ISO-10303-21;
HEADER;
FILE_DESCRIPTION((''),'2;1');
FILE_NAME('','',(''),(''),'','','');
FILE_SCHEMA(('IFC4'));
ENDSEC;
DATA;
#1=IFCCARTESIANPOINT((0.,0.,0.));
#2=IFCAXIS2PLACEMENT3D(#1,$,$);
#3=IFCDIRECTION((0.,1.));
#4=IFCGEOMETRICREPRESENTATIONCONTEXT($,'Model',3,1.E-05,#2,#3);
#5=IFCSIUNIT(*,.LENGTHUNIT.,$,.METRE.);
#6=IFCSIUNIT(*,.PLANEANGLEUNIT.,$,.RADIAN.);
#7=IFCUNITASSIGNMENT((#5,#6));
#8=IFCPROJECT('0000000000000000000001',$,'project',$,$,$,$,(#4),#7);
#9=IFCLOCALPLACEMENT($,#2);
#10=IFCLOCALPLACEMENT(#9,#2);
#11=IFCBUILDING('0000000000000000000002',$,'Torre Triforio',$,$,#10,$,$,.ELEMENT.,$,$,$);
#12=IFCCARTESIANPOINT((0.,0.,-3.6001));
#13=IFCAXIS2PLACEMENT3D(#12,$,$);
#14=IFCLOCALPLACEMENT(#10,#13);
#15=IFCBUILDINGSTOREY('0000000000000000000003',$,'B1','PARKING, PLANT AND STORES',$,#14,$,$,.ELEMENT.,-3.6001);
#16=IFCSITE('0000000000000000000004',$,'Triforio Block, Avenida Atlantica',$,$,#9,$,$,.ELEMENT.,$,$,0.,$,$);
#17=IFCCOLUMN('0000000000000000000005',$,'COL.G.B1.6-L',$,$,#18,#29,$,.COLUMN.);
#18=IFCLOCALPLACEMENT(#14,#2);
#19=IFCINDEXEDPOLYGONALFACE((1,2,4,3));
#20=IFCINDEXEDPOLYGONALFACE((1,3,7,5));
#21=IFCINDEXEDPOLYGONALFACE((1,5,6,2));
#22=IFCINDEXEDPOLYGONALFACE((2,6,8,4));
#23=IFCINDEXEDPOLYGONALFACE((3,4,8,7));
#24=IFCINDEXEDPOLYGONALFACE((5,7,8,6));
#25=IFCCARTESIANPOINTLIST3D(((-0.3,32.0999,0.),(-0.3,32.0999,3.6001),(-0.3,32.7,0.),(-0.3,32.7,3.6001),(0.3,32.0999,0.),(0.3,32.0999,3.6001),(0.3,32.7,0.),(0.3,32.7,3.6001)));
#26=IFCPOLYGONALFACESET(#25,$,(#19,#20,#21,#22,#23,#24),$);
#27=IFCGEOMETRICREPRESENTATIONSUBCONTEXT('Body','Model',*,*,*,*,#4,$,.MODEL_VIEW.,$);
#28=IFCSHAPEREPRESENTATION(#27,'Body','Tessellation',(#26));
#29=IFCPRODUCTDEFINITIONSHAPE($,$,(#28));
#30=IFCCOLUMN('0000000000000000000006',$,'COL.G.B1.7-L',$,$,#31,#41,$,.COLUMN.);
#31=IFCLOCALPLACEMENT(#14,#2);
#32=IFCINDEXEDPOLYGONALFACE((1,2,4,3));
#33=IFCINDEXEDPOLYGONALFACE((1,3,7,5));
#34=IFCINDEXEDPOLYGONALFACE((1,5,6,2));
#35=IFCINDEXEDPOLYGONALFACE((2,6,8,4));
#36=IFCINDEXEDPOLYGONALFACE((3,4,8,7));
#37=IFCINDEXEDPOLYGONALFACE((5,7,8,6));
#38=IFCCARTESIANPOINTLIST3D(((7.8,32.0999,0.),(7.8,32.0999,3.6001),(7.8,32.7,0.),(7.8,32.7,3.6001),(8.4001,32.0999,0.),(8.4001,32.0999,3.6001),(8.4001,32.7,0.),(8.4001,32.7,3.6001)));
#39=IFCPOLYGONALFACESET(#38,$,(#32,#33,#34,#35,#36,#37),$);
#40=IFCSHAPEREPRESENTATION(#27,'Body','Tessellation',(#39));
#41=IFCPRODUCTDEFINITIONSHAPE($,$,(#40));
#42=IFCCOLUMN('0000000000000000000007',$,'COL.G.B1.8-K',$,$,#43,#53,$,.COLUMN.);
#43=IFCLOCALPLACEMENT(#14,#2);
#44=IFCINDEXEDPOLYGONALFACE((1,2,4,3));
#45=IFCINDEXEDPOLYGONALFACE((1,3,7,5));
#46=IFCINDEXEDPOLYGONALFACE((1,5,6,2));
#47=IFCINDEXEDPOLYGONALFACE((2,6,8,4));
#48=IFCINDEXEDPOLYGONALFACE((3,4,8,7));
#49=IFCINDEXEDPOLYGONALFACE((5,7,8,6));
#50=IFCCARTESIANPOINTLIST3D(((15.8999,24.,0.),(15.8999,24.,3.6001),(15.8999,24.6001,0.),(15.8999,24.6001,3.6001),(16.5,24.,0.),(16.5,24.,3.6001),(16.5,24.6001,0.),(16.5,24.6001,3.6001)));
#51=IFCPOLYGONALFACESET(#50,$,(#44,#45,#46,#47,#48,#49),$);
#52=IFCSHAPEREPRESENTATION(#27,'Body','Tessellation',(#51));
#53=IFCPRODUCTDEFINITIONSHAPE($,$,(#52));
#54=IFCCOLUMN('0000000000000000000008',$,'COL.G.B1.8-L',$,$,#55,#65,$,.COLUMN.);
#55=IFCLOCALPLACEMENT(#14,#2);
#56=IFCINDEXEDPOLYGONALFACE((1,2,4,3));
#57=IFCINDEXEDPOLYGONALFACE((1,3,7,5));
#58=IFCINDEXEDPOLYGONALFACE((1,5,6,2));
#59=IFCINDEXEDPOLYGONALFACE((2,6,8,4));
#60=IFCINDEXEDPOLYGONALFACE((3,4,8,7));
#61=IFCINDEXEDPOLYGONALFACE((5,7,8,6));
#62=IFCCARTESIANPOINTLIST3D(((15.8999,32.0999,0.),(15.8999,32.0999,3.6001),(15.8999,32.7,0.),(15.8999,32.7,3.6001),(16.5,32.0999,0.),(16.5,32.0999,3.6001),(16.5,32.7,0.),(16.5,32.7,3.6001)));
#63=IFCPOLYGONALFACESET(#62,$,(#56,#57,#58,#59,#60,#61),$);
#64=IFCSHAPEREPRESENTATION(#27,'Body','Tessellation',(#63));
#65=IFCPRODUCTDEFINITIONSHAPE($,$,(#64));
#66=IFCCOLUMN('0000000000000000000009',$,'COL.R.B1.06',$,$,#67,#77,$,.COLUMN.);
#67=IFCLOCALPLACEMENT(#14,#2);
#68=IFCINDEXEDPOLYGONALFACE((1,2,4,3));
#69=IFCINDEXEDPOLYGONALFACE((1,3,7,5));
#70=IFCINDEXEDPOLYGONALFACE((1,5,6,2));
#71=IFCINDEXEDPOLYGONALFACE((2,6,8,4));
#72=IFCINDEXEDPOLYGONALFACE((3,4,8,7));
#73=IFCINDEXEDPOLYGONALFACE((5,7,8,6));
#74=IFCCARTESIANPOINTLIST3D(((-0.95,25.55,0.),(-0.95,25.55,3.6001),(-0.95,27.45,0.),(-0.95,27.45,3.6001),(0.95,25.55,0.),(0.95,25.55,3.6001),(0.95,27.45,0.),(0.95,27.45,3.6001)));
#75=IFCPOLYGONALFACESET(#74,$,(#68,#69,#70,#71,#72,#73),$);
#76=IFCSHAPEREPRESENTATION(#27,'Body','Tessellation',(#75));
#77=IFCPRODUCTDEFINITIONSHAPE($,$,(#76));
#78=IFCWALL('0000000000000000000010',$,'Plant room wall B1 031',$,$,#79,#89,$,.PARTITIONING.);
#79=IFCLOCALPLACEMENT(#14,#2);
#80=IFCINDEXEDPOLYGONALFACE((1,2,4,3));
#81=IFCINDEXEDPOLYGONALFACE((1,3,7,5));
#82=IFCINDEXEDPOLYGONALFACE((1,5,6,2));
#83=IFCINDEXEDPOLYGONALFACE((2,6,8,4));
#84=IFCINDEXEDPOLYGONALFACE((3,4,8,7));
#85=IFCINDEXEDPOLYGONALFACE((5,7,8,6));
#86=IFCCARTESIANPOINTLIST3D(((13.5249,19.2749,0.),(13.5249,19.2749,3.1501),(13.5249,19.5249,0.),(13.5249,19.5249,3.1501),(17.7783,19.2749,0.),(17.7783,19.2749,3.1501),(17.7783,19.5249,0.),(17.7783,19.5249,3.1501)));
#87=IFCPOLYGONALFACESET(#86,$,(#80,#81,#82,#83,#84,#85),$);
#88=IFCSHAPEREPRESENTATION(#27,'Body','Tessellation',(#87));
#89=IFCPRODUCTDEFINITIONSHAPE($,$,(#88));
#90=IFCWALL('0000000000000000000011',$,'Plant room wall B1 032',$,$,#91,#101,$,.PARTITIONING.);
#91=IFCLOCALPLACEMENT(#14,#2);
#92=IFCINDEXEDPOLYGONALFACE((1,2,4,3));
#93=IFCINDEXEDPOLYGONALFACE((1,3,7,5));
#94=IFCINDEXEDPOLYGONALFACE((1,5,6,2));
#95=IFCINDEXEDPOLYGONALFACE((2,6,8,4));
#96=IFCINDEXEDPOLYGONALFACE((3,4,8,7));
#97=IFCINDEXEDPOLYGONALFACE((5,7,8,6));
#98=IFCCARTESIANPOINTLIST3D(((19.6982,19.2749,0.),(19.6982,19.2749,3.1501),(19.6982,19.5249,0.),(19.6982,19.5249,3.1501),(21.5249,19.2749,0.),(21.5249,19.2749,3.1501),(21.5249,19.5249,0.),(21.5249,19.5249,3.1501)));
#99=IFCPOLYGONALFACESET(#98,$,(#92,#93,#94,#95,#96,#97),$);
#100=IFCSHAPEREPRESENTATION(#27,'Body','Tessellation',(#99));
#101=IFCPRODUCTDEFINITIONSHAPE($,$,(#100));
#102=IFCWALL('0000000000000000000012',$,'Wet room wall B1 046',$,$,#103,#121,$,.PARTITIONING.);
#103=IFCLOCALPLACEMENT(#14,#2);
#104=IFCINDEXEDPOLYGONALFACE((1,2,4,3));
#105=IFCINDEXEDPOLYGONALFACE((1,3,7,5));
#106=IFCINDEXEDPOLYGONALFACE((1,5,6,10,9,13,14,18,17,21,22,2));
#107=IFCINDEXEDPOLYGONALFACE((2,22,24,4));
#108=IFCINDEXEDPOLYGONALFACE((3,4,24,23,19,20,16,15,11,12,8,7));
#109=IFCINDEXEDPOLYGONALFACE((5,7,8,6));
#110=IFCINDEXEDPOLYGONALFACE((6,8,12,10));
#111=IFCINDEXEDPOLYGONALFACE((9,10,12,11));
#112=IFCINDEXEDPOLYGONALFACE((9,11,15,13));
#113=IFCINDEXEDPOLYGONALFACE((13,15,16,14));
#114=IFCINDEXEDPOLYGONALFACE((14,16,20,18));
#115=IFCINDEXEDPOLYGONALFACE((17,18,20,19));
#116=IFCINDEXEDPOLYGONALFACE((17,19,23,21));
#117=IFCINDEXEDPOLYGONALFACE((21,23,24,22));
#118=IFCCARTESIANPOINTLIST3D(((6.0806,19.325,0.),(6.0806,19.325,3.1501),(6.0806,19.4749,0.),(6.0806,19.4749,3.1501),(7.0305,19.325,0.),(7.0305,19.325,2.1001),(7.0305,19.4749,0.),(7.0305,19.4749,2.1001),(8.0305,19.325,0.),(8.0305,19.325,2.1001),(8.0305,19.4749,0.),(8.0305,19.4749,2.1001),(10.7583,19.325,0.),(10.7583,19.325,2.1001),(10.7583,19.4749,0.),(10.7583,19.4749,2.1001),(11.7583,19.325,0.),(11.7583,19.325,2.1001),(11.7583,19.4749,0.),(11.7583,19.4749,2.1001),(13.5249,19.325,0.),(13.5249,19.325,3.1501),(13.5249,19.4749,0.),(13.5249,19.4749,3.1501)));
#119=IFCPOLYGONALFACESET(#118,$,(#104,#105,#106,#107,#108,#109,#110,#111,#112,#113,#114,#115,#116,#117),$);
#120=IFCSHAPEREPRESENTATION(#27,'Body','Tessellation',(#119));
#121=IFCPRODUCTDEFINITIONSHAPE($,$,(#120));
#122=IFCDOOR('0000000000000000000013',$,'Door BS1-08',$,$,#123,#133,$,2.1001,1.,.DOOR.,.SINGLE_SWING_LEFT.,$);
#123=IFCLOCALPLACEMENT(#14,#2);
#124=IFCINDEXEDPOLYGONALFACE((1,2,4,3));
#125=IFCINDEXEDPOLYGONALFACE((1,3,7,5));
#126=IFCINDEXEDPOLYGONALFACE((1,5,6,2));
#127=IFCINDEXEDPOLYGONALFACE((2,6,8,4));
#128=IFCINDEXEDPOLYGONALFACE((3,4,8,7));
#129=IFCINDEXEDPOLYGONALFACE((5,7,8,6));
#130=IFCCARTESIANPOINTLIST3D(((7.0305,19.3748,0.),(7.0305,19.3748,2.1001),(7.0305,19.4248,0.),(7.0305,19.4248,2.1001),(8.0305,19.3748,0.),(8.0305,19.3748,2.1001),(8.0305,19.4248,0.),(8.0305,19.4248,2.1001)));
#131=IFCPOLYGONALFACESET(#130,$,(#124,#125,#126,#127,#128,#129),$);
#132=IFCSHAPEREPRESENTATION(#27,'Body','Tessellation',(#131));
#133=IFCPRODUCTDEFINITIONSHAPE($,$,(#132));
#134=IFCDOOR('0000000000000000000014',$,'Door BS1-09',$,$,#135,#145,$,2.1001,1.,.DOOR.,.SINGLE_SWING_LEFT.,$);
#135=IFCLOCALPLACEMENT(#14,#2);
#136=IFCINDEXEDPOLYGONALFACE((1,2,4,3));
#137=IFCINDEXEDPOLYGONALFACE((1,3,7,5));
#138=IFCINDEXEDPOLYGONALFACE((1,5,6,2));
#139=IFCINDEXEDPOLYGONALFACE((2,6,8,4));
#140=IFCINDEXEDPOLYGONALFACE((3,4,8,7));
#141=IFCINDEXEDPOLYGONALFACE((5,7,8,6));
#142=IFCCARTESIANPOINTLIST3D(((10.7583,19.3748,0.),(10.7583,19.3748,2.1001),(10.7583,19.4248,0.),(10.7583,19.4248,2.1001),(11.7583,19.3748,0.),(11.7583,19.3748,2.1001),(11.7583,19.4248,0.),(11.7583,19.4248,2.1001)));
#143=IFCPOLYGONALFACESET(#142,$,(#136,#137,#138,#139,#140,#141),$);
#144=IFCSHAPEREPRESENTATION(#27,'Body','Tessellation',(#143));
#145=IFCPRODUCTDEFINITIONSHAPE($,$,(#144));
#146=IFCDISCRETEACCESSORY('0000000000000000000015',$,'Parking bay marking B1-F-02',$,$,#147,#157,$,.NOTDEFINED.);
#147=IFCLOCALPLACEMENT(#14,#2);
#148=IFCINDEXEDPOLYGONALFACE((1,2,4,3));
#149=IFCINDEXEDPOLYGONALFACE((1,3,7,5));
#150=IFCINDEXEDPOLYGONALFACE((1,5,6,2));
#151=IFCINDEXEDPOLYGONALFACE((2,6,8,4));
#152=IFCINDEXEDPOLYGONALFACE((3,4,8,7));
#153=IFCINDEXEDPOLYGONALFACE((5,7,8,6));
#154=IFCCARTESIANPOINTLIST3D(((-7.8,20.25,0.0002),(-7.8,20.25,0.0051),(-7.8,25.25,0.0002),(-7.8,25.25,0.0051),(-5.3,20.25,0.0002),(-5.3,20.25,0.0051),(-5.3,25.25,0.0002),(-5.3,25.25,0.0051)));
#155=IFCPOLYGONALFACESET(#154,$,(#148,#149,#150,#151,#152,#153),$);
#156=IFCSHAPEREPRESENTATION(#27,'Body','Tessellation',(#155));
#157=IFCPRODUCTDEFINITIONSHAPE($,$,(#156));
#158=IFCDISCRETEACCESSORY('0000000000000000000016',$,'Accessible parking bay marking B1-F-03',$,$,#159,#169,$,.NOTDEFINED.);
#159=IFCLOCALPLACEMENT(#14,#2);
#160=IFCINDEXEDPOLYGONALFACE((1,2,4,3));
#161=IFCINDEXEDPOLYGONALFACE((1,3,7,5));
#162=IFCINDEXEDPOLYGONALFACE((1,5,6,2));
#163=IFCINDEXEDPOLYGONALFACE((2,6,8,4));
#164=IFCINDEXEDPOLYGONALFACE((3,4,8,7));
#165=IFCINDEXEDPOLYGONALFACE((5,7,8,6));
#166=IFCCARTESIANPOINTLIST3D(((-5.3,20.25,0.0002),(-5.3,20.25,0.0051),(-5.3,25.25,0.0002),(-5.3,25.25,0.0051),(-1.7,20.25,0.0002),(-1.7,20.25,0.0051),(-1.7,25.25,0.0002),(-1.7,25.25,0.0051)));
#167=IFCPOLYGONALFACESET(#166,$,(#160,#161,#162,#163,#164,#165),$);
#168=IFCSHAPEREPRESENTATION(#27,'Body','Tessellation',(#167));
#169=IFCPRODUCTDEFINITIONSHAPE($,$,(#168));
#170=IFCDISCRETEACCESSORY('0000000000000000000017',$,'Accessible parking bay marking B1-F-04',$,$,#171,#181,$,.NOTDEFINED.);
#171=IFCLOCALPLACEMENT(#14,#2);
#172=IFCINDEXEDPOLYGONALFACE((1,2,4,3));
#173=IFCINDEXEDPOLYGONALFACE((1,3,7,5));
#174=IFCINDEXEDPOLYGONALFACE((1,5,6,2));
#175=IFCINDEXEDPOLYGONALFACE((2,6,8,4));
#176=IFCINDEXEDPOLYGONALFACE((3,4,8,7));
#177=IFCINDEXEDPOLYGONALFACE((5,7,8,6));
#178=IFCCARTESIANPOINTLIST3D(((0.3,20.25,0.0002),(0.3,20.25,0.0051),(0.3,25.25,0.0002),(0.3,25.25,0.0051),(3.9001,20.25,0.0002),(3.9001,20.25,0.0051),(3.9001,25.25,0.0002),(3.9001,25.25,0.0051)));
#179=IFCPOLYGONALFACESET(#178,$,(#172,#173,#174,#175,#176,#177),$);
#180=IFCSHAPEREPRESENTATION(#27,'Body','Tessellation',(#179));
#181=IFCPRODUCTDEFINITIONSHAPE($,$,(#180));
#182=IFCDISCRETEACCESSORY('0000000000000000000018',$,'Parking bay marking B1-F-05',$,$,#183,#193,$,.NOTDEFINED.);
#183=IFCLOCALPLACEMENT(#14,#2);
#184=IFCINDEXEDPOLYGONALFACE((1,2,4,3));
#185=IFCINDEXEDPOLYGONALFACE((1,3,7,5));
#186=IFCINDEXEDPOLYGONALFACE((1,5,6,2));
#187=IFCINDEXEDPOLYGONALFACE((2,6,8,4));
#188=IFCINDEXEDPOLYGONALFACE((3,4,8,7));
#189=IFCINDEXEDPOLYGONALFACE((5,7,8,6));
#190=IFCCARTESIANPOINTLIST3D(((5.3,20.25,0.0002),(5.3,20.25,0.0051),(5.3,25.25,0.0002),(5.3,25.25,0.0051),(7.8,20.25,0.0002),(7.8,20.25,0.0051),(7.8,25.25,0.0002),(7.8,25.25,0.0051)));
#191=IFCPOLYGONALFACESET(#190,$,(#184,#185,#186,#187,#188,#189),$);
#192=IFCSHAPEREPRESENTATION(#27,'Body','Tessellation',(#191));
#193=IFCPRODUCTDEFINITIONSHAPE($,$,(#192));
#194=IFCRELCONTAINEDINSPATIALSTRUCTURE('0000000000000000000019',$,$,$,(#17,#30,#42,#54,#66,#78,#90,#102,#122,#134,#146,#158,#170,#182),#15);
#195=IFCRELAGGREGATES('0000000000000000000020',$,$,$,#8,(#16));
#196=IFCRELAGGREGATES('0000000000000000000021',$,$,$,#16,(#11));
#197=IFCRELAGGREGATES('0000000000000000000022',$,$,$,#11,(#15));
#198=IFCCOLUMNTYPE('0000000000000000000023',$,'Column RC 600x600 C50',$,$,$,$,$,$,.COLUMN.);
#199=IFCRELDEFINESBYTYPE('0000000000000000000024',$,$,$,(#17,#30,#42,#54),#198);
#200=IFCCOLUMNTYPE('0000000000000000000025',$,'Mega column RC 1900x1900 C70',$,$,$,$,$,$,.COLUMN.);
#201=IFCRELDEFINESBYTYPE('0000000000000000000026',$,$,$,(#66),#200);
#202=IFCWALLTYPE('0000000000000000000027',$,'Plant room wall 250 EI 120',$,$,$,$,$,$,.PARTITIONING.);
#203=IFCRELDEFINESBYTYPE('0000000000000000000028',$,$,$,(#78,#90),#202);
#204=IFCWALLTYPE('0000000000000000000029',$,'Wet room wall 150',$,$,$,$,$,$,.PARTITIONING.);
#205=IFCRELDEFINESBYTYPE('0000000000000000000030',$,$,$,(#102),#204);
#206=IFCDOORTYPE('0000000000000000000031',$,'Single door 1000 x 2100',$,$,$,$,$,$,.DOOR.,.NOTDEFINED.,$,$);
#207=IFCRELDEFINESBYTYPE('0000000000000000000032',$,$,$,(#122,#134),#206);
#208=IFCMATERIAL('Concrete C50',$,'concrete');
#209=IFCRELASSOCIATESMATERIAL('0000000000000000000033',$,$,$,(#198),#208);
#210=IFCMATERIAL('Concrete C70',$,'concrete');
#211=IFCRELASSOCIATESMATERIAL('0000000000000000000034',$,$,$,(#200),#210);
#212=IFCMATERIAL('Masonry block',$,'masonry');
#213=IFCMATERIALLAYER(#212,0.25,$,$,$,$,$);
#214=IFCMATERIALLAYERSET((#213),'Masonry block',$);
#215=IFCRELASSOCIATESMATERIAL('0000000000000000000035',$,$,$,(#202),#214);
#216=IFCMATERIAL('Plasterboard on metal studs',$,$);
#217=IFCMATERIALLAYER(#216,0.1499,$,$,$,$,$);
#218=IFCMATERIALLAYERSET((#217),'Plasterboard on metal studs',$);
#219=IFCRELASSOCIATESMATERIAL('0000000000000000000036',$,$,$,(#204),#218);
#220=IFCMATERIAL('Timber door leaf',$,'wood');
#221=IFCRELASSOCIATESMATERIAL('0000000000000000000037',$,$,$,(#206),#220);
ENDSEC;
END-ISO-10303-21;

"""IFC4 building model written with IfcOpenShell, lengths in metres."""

from ifc_helpers import new_model, si_unit, direction, frame, frame_2d, origin, origin_2d, place, context, subcontext, project, spatial, rectangle, extrude, material, layer, layer_set, material_profile, profile_set, type_object, element, fill, save


model = new_model("IFC4")

# Units and contexts
model_context = context("Model", 3, precision=1e-05, world=origin(), true_north=direction((0.0, 1.0)))
body_context = subcontext(model_context, "Body", "Model", "MODEL_VIEW")
ifc_project = project(units=[si_unit("LENGTHUNIT", "METRE"), si_unit("PLANEANGLEUNIT", "RADIAN")], contexts=[model_context])

# Site, building, storey
site_placement = place(None, origin())
site = spatial("IfcSite", under=ifc_project, at=site_placement, Name="Triforio Block, Avenida Atlantica", CompositionType="ELEMENT", RefElevation=0.0)
building_placement = place(site_placement, origin())
building = spatial("IfcBuilding", under=site, at=building_placement, Name="Torre Triforio", CompositionType="ELEMENT")
storey_placement = place(building_placement, frame((0.0, 0.0, -3.6001)))
storey = spatial("IfcBuildingStorey", under=building, at=storey_placement, Name="B1", Description="PARKING, PLANT AND STORES", CompositionType="ELEMENT", Elevation=-3.6001)

# Columns
ifc_material_1 = material(Name="Concrete C50", Category="concrete")
ifc_material_profile_1 = material_profile(ifc_material_1, rectangle(XDim=0.6001, YDim=0.6001, at=origin_2d()), Name="RC 600x600")
ifc_profile_set_1 = profile_set([ifc_material_profile_1], Name="Concrete C50")
column_type_1 = type_object("IfcColumnType", Name="Column RC 600x600 C50", PredefinedType="COLUMN", material=ifc_profile_set_1)
for number, where, z_axis, x_axis, name in (
    (1, (0.0, 32.3999, 0.0), (0.0, 0.0, 1.0), (1.0, 0.0, 0.0), "COL.G.B1.6-L"),
    (2, (8.1001, 32.3999, 0.0), (0.0, 0.0, 1.0), (1.0, 0.0, 0.0), "COL.G.B1.7-L"),
    (3, (16.2, 24.3, 0.0), (0.0, 0.0, 1.0), (1.0, 0.0, 0.0), "COL.G.B1.8-K"),
    (4, (16.2, 32.3999, 0.0), (0.0, 0.0, 1.0), (1.0, 0.0, 0.0), "COL.G.B1.8-L"),
):
    element("IfcColumn", number, at=place(storey_placement, frame(where, z_axis=z_axis, x_axis=x_axis)), inside=storey, type_object=column_type_1, Name=name, PredefinedType="COLUMN", context=body_context, shape_type="SweptSolid", body=[
        extrude(rectangle(XDim=0.6001, YDim=0.6001, at=origin_2d()), origin(), (0.0, 0.0, 1.0), 3.6001),
    ])
ifc_material_2 = material(Name="Concrete C70", Category="concrete")
ifc_material_profile_2 = material_profile(ifc_material_2, rectangle(XDim=1.8999, YDim=1.8999, at=origin_2d()), Name="RC 1900x1900")
ifc_profile_set_2 = profile_set([ifc_material_profile_2], Name="Concrete C70")
column_type_2 = type_object("IfcColumnType", Name="Mega column RC 1900x1900 C70", PredefinedType="COLUMN", material=ifc_profile_set_2)
column_placement = place(storey_placement, frame((0.0, 26.5, 0.0), z_axis=(0.0, 0.0, 1.0), x_axis=(-1.0, 0.0, 0.0)))
element("IfcColumn", 5, at=column_placement, inside=storey, type_object=column_type_2, Name="COL.R.B1.06", PredefinedType="COLUMN", context=body_context, shape_type="SweptSolid", body=[
    extrude(rectangle(XDim=1.8999, YDim=1.8999, at=origin_2d()), origin(), (0.0, 0.0, 1.0), 3.6001),
])

# Walls
ifc_material_3 = material(Name="Masonry block", Category="masonry")
ifc_layer_1 = layer(ifc_material_3, 0.25)
ifc_layer_set_1 = layer_set([ifc_layer_1], Name="Masonry block")
wall_type_1 = type_object("IfcWallType", Name="Plant room wall 250 EI 120", PredefinedType="PARTITIONING", material=ifc_layer_set_1)
wall_1_placement = place(storey_placement, frame((13.5249, 19.3999, 0.0), z_axis=(0.0, 0.0, 1.0), x_axis=(1.0, 0.0, 0.0)))
element("IfcWall", 6, at=wall_1_placement, inside=storey, type_object=wall_type_1, Name="Plant room wall B1 031", PredefinedType="PARTITIONING", context=body_context, shape_type="SweptSolid", body=[
    extrude(rectangle(XDim=4.2534, YDim=0.25, at=frame_2d((2.1267, 0.0))), origin(), (0.0, 0.0, 1.0), 3.1501),
])
wall_2_placement = place(storey_placement, frame((19.6982, 19.3999, 0.0), z_axis=(0.0, 0.0, 1.0), x_axis=(1.0, 0.0, 0.0)))
element("IfcWall", 7, at=wall_2_placement, inside=storey, type_object=wall_type_1, Name="Plant room wall B1 032", PredefinedType="PARTITIONING", context=body_context, shape_type="SweptSolid", body=[
    extrude(rectangle(XDim=1.8267, YDim=0.25, at=frame_2d((0.9133, 0.0))), origin(), (0.0, 0.0, 1.0), 3.1501),
])

# Wall, openings, doors
ifc_material_4 = material(Name="Plasterboard on metal studs")
ifc_layer_2 = layer(ifc_material_4, 0.1499)
ifc_layer_set_2 = layer_set([ifc_layer_2], Name="Plasterboard on metal studs")
wall_type_2 = type_object("IfcWallType", Name="Wet room wall 150", PredefinedType="PARTITIONING", material=ifc_layer_set_2)
wall_3_placement = place(storey_placement, frame((6.0806, 19.3999, 0.0), z_axis=(0.0, 0.0, 1.0), x_axis=(1.0, 0.0, 0.0)))
wall_3 = element("IfcWall", 8, at=wall_3_placement, inside=storey, type_object=wall_type_2, Name="Wet room wall B1 046", PredefinedType="PARTITIONING", context=body_context, shape_type="SweptSolid", body=[
    extrude(rectangle(XDim=7.4443, YDim=0.1499, at=frame_2d((3.7222, 0.0))), origin(), (0.0, 0.0, 1.0), 3.1501),
])
opening_1_placement = place(wall_3_placement, frame((0.95, 0.0, 0.0)))
opening_1 = element("IfcOpeningElement", 9, at=opening_1_placement, cuts=wall_3, PredefinedType="OPENING", context=body_context, shape_type="SweptSolid", body=[
    extrude(rectangle(XDim=1.0, YDim=2.1001, at=frame_2d((0.5, 1.05))), frame((0.0, 0.085, 0.0), z_axis=(0.0, -1.0, 0.0), x_axis=(1.0, 0.0, 0.0)), (0.0, 0.0, 1.0), 0.1699),
])
opening_2_placement = place(wall_3_placement, frame((4.6777, 0.0, 0.0)))
opening_2 = element("IfcOpeningElement", 10, at=opening_2_placement, cuts=wall_3, PredefinedType="OPENING", context=body_context, shape_type="SweptSolid", body=[
    extrude(rectangle(XDim=1.0, YDim=2.1001, at=frame_2d((0.5, 1.05))), frame((0.0, 0.085, 0.0), z_axis=(0.0, -1.0, 0.0), x_axis=(1.0, 0.0, 0.0)), (0.0, 0.0, 1.0), 0.1699),
])
ifc_material_5 = material(Name="Timber door leaf", Category="wood")
door_type = type_object("IfcDoorType", Name="Single door 1000 x 2100", OperationType="NOTDEFINED", PredefinedType="DOOR", material=ifc_material_5)
door_1_placement = place(opening_1_placement, origin())
door_1 = element("IfcDoor", 11, at=door_1_placement, inside=storey, type_object=door_type, Name="Door BS1-08", OperationType="SINGLE_SWING_LEFT", OverallHeight=2.1001, OverallWidth=1.0, PredefinedType="DOOR", context=body_context, shape_type="SweptSolid", body=[
    extrude(rectangle(XDim=1.0, YDim=2.1001, at=frame_2d((0.5, 1.05))), frame((0.0, 0.0249, 0.0), z_axis=(0.0, -1.0, 0.0), x_axis=(1.0, 0.0, 0.0)), (0.0, 0.0, 1.0), 0.05),
])
fill(opening_1, door_1)
door_2_placement = place(opening_2_placement, origin())
door_2 = element("IfcDoor", 12, at=door_2_placement, inside=storey, type_object=door_type, Name="Door BS1-09", OperationType="SINGLE_SWING_LEFT", OverallHeight=2.1001, OverallWidth=1.0, PredefinedType="DOOR", context=body_context, shape_type="SweptSolid", body=[
    extrude(rectangle(XDim=1.0, YDim=2.1001, at=frame_2d((0.5, 1.05))), frame((0.0, 0.0249, 0.0), z_axis=(0.0, -1.0, 0.0), x_axis=(1.0, 0.0, 0.0)), (0.0, 0.0, 1.0), 0.05),
])
fill(opening_2, door_2)

# Discrete accessories
discrete_accessory_1_placement = place(storey_placement, frame((-6.55, 22.75, 0.0002), z_axis=(0.0, 0.0, 1.0), x_axis=(1.0, 0.0, 0.0)))
element("IfcDiscreteAccessory", 13, at=discrete_accessory_1_placement, inside=storey, Name="Parking bay marking B1-F-02", PredefinedType="NOTDEFINED", context=body_context, shape_type="SweptSolid", body=[
    extrude(rectangle(XDim=2.5, YDim=5.0, at=origin_2d()), origin(), (0.0, 0.0, 1.0), 0.0049),
])
for number, where, z_axis, x_axis, name in (
    (14, (-3.5, 22.75, 0.0002), (0.0, 0.0, 1.0), (1.0, 0.0, 0.0), "Accessible parking bay marking B1-F-03"),
    (15, (2.1001, 22.75, 0.0002), (0.0, 0.0, 1.0), (1.0, 0.0, 0.0), "Accessible parking bay marking B1-F-04"),
):
    element("IfcDiscreteAccessory", number, at=place(storey_placement, frame(where, z_axis=z_axis, x_axis=x_axis)), inside=storey, Name=name, PredefinedType="NOTDEFINED", context=body_context, shape_type="SweptSolid", body=[
        extrude(rectangle(XDim=3.6001, YDim=5.0, at=origin_2d()), origin(), (0.0, 0.0, 1.0), 0.0049),
    ])
discrete_accessory_2_placement = place(storey_placement, frame((6.55, 22.75, 0.0002), z_axis=(0.0, 0.0, 1.0), x_axis=(1.0, 0.0, 0.0)))
element("IfcDiscreteAccessory", 16, at=discrete_accessory_2_placement, inside=storey, Name="Parking bay marking B1-F-05", PredefinedType="NOTDEFINED", context=body_context, shape_type="SweptSolid", body=[
    extrude(rectangle(XDim=2.5, YDim=5.0, at=origin_2d()), origin(), (0.0, 0.0, 1.0), 0.0049),
])

save(model, "model.ifc")
